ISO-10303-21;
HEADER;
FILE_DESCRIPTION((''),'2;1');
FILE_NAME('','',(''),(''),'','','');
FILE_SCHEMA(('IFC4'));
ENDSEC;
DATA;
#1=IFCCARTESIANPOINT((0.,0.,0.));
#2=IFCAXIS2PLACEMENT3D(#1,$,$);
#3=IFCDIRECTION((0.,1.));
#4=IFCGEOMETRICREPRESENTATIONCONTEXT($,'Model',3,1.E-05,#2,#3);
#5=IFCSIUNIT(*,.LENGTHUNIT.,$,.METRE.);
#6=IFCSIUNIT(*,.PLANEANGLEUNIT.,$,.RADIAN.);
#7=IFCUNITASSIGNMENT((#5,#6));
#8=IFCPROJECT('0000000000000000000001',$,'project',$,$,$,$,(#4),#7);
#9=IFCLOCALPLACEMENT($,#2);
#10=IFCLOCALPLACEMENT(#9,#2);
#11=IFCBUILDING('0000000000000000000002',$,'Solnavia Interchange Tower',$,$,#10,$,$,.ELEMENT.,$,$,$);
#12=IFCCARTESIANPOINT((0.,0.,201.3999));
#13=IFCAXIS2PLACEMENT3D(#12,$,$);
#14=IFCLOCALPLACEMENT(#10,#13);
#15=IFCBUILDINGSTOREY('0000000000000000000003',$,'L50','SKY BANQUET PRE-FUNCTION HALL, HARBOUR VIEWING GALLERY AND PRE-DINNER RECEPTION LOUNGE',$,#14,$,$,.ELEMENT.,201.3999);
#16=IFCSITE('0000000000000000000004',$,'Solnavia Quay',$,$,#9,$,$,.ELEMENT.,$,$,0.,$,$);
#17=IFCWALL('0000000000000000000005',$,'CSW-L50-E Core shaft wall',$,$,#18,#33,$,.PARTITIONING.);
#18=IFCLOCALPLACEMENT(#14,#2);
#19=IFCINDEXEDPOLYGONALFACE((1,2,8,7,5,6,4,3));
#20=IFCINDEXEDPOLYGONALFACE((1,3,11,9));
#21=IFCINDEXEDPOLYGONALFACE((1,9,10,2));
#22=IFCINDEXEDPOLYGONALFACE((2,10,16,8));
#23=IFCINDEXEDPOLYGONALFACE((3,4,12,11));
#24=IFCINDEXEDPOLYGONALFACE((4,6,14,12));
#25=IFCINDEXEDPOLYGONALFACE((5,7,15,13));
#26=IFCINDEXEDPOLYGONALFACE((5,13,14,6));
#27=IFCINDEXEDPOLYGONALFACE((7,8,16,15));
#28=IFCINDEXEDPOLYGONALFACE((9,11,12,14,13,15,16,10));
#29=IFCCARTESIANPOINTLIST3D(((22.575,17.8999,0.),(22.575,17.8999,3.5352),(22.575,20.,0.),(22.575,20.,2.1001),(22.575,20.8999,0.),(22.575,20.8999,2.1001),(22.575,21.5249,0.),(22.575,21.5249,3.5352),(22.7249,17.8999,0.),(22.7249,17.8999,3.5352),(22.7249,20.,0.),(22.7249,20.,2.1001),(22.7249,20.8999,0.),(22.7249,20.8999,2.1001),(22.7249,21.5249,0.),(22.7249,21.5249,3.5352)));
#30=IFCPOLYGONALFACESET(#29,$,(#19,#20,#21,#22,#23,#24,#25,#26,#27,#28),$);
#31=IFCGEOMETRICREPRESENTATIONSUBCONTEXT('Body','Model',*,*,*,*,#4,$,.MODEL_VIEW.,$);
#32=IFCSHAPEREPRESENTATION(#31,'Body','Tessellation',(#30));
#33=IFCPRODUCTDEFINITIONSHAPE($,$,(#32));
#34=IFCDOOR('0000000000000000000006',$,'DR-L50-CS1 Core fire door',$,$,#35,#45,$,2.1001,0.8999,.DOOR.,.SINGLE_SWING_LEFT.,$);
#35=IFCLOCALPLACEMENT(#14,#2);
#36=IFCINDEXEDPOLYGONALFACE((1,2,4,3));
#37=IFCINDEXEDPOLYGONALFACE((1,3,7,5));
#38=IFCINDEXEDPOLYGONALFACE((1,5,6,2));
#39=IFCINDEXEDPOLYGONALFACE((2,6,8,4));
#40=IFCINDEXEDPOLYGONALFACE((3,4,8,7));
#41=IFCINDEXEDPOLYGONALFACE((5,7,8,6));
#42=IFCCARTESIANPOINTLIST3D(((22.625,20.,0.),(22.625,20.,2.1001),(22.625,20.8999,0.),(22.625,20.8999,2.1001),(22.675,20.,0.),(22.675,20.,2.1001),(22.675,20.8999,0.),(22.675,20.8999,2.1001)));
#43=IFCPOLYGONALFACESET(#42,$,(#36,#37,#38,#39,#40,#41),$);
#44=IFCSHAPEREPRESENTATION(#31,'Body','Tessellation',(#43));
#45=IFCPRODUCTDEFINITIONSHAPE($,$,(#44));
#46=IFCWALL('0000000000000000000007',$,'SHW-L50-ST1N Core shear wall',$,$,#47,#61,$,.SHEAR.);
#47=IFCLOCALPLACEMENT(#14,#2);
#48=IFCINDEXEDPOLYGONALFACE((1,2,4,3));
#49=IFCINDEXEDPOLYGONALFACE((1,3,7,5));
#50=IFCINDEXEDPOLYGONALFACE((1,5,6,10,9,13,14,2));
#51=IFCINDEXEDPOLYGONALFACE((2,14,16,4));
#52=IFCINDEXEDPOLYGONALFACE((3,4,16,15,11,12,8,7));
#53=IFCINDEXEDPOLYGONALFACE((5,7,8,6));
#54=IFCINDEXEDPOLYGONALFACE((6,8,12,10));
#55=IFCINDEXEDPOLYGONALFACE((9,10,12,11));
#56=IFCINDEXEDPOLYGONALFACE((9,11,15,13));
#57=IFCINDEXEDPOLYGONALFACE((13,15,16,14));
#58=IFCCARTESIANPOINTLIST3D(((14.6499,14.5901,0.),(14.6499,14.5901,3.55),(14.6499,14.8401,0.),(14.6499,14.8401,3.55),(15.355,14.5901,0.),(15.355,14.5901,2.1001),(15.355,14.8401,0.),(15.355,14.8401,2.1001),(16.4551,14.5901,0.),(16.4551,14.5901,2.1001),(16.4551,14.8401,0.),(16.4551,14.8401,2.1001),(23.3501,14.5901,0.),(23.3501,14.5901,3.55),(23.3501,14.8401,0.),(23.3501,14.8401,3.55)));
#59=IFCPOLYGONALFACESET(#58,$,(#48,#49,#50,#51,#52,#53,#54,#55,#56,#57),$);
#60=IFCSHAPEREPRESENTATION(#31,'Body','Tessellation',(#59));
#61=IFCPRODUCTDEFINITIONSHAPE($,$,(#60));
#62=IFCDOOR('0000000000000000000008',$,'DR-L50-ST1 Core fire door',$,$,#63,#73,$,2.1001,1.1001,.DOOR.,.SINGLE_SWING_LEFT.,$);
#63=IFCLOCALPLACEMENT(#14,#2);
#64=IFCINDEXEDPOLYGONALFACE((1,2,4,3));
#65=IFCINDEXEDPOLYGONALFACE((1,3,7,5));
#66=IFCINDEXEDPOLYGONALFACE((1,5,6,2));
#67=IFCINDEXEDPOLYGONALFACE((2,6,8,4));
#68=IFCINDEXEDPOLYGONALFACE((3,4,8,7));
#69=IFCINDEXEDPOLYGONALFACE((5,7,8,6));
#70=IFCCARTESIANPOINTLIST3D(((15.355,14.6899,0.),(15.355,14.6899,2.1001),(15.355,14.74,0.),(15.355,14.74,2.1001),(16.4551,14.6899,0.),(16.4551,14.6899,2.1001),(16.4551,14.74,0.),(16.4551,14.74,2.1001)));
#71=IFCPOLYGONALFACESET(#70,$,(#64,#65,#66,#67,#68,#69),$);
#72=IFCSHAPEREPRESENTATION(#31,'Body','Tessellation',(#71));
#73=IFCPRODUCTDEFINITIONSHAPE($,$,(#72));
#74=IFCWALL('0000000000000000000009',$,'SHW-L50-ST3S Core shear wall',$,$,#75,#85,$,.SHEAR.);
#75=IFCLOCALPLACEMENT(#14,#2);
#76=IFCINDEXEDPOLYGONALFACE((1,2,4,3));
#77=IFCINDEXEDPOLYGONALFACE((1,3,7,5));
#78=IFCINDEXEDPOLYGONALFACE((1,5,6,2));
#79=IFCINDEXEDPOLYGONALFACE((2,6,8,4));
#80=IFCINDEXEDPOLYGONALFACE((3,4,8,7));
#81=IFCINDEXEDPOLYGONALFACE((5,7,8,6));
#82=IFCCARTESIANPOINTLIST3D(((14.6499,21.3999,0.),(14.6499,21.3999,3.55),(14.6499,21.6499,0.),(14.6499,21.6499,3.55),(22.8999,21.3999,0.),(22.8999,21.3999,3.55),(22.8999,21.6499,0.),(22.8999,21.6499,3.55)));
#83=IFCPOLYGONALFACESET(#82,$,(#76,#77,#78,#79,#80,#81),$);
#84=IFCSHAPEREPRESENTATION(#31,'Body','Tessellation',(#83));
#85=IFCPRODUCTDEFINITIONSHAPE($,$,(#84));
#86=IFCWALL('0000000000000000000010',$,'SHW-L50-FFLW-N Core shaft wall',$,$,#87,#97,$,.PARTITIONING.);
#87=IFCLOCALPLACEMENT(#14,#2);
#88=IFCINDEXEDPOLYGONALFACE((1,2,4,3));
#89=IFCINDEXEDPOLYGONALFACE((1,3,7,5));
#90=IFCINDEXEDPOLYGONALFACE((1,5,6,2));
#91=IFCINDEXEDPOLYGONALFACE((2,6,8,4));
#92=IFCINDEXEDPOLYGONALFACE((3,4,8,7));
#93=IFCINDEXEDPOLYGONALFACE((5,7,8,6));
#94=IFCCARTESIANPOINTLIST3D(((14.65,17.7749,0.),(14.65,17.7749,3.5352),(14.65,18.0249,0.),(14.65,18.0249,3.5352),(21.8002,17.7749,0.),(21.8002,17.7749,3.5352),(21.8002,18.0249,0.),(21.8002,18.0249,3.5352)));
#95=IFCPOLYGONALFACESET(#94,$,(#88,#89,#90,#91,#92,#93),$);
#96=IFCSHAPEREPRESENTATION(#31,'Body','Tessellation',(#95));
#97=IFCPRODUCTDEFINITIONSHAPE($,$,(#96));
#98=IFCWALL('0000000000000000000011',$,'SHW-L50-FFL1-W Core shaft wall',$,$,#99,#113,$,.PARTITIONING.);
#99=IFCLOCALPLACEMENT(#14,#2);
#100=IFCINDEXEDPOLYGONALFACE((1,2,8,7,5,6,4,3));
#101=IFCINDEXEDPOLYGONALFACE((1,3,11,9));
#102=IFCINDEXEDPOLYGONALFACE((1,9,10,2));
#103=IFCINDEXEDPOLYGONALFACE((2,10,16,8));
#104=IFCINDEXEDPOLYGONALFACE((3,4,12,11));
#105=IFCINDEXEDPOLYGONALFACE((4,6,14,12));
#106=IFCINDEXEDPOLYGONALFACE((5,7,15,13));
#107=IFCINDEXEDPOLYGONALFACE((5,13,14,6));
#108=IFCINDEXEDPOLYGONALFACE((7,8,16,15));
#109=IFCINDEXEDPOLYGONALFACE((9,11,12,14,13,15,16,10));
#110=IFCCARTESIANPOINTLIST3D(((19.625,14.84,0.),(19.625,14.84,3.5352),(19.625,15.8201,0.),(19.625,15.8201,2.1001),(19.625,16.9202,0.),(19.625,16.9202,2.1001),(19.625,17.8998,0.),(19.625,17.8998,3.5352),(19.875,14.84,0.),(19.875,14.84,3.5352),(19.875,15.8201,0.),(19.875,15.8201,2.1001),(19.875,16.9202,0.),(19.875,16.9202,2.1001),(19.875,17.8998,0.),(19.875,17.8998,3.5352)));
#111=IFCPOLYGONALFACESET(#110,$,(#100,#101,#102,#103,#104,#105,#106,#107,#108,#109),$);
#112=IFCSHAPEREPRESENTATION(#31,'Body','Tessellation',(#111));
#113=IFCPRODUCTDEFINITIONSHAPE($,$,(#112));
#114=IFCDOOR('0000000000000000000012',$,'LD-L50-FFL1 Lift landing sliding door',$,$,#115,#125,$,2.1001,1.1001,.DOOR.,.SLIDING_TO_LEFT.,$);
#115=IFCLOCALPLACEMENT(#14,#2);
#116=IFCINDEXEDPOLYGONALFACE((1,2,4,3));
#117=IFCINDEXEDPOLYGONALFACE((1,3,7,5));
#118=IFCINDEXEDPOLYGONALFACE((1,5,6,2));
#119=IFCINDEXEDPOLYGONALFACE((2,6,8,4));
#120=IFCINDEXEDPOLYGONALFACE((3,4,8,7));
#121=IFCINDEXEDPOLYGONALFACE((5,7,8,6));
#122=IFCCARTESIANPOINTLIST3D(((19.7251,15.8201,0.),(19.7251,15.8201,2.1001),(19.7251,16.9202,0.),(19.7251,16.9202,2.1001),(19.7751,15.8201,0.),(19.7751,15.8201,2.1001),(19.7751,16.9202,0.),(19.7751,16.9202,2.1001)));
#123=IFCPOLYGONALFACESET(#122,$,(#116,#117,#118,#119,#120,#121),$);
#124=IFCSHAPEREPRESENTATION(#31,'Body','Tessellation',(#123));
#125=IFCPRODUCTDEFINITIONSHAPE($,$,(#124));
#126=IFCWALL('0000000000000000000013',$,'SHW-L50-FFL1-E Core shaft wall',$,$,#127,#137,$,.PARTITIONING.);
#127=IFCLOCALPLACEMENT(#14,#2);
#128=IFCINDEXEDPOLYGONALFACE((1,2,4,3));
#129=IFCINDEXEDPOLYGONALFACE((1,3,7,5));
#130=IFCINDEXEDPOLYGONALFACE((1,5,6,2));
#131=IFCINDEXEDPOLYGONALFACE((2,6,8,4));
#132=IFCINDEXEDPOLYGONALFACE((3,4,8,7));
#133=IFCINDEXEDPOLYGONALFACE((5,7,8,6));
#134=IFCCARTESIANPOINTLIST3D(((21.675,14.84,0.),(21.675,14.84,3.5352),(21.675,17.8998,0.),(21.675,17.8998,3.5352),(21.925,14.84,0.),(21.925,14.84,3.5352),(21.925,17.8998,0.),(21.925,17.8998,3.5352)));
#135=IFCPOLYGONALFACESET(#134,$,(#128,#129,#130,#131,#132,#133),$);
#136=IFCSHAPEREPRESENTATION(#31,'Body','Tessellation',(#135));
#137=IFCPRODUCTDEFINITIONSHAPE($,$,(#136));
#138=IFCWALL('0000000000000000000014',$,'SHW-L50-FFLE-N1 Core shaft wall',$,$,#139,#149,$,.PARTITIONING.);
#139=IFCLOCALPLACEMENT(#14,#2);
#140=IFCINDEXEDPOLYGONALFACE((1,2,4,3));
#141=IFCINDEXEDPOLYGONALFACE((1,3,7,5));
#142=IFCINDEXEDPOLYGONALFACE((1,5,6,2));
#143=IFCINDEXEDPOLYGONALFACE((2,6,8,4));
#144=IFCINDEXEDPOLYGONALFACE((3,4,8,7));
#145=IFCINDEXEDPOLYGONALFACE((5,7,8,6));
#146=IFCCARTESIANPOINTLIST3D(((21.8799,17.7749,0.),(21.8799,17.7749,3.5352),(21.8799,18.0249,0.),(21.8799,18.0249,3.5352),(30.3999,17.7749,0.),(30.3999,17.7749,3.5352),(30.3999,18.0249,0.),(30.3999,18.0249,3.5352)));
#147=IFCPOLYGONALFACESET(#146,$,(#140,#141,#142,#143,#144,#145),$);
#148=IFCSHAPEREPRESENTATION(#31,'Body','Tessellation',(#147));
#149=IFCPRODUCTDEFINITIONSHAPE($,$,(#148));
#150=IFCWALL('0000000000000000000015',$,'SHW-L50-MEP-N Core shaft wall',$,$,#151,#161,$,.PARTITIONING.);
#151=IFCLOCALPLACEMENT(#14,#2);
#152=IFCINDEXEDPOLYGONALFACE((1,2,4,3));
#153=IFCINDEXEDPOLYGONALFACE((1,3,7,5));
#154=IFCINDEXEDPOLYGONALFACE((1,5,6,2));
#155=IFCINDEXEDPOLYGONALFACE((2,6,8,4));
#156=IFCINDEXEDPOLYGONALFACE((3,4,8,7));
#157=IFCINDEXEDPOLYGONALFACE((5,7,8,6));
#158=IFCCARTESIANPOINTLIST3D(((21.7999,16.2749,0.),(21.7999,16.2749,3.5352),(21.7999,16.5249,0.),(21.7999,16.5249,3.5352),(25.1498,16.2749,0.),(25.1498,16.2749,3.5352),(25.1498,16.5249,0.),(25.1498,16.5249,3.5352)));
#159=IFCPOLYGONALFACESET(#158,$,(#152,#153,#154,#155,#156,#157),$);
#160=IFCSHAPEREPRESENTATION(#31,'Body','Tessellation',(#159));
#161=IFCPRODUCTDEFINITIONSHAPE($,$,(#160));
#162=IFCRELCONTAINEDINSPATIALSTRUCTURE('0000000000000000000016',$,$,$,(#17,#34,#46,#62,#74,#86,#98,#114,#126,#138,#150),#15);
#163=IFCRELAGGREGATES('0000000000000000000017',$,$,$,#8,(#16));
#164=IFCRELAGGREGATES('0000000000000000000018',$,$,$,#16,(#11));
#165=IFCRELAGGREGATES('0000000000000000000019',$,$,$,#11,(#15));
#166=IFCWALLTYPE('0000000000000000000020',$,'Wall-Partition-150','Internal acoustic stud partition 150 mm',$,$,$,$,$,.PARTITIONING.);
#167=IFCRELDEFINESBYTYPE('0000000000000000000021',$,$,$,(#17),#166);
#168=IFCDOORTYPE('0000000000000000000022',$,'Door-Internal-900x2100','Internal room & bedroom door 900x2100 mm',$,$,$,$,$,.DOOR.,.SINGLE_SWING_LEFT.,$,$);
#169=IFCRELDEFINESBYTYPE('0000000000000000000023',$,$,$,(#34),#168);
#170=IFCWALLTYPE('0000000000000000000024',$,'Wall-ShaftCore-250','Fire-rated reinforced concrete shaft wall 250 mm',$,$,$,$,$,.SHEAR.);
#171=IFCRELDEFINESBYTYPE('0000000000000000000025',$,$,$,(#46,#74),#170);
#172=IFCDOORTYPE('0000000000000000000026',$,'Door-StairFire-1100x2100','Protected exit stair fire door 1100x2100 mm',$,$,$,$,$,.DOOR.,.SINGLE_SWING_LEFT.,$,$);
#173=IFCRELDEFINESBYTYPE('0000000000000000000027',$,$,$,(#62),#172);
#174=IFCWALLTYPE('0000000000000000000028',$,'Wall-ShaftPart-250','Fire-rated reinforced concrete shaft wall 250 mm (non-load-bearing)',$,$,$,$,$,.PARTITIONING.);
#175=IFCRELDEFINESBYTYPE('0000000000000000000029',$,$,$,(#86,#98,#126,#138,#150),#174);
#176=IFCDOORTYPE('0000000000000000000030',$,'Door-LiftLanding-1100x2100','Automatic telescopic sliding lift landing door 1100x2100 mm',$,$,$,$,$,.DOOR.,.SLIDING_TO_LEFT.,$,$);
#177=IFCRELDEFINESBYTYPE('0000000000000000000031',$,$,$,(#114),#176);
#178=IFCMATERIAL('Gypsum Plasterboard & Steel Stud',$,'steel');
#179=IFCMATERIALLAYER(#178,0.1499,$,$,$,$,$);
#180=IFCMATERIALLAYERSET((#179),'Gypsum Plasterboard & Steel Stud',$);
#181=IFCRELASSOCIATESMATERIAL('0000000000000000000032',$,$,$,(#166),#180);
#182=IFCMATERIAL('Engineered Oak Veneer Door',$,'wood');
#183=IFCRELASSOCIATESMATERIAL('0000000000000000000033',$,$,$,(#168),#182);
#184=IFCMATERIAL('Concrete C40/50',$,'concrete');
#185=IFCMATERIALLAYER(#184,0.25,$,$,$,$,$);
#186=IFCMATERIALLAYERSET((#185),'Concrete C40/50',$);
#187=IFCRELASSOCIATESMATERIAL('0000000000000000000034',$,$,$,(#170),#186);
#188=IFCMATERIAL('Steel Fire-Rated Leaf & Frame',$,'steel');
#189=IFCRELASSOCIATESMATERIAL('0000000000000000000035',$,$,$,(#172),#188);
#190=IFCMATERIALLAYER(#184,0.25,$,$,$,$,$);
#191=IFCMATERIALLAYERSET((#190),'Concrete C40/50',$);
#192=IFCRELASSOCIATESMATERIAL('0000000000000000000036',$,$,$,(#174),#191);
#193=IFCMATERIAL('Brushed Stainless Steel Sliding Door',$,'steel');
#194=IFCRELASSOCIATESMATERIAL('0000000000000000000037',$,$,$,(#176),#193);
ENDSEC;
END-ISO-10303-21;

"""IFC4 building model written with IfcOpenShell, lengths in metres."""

from ifc_helpers import new_model, si_unit, direction, frame, frame_2d, origin, place, context, subcontext, project, spatial, rectangle, extrude, material, layer, layer_set, type_object, element, fill, save


model = new_model("IFC4")

# Units and contexts
model_context = context("Model", 3, precision=1e-05, world=origin(), true_north=direction((0.0, 1.0)))
body_context = subcontext(model_context, "Body", "Model", "MODEL_VIEW")
ifc_project = project(units=[si_unit("LENGTHUNIT", "METRE"), si_unit("PLANEANGLEUNIT", "RADIAN")], contexts=[model_context])

# Site, building, storey
site_placement = place(None, origin())
site = spatial("IfcSite", under=ifc_project, at=site_placement, Name="Solnavia Quay", CompositionType="ELEMENT", RefElevation=0.0)
building_placement = place(site_placement, origin())
building = spatial("IfcBuilding", under=site, at=building_placement, Name="Solnavia Interchange Tower", CompositionType="ELEMENT")
storey_placement = place(building_placement, frame((0.0, 0.0, 201.3999)))
storey = spatial("IfcBuildingStorey", under=building, at=storey_placement, Name="L50", Description="SKY BANQUET PRE-FUNCTION HALL, HARBOUR VIEWING GALLERY AND PRE-DINNER RECEPTION LOUNGE", CompositionType="ELEMENT", Elevation=201.3999)

# Walls, openings, doors
ifc_material_1 = material(Name="Gypsum Plasterboard & Steel Stud", Category="steel")
ifc_layer_1 = layer(ifc_material_1, 0.1499)
ifc_layer_set_1 = layer_set([ifc_layer_1], Name="Gypsum Plasterboard & Steel Stud")
wall_type_1 = type_object("IfcWallType", Name="Wall-Partition-150", Description="Internal acoustic stud partition 150 mm", PredefinedType="PARTITIONING", material=ifc_layer_set_1)
wall_1_placement = place(storey_placement, frame((22.6499, 17.8999, 0.0), z_axis=(0.0, 0.0, 1.0), x_axis=(0.0, 1.0, 0.0)))
wall_1 = element("IfcWall", 1, at=wall_1_placement, inside=storey, type_object=wall_type_1, Name="CSW-L50-E Core shaft wall", PredefinedType="PARTITIONING", context=body_context, shape_type="SweptSolid", body=[
    extrude(rectangle(XDim=3.625, YDim=0.1499, at=frame_2d((1.8125, 0.0))), origin(), (0.0, 0.0, 1.0), 3.5352),
])
opening_1_placement = place(wall_1_placement, frame((2.1001, 0.0, 0.0)))
opening_1 = element("IfcOpeningElement", 2, at=opening_1_placement, cuts=wall_1, PredefinedType="OPENING", context=body_context, shape_type="SweptSolid", body=[
    extrude(rectangle(XDim=0.8999, YDim=2.1001, at=frame_2d((0.45, 1.05))), frame((0.0, 0.085, 0.0), z_axis=(0.0, -1.0, 0.0), x_axis=(1.0, 0.0, 0.0)), (0.0, 0.0, 1.0), 0.1699),
])
ifc_material_2 = material(Name="Engineered Oak Veneer Door", Category="wood")
door_type_1 = type_object("IfcDoorType", Name="Door-Internal-900x2100", Description="Internal room & bedroom door 900x2100 mm", OperationType="SINGLE_SWING_LEFT", PredefinedType="DOOR", material=ifc_material_2)
door_1_placement = place(opening_1_placement, origin())
door_1 = element("IfcDoor", 3, at=door_1_placement, inside=storey, type_object=door_type_1, Name="DR-L50-CS1 Core fire door", OperationType="SINGLE_SWING_LEFT", OverallHeight=2.1001, OverallWidth=0.8999, PredefinedType="DOOR", context=body_context, shape_type="SweptSolid", body=[
    extrude(rectangle(XDim=0.8999, YDim=2.1001, at=frame_2d((0.45, 1.05))), frame((0.0, 0.0249, 0.0), z_axis=(0.0, -1.0, 0.0), x_axis=(1.0, 0.0, 0.0)), (0.0, 0.0, 1.0), 0.05),
])
fill(opening_1, door_1)
ifc_material_3 = material(Name="Concrete C40/50", Category="concrete")
ifc_layer_2 = layer(ifc_material_3, 0.25)
ifc_layer_set_2 = layer_set([ifc_layer_2], Name="Concrete C40/50")
wall_type_2 = type_object("IfcWallType", Name="Wall-ShaftCore-250", Description="Fire-rated reinforced concrete shaft wall 250 mm", PredefinedType="SHEAR", material=ifc_layer_set_2)
wall_2_placement = place(storey_placement, frame((14.6499, 14.7151, 0.0), z_axis=(0.0, 0.0, 1.0), x_axis=(1.0, 0.0, 0.0)))
wall_2 = element("IfcWall", 4, at=wall_2_placement, inside=storey, type_object=wall_type_2, Name="SHW-L50-ST1N Core shear wall", PredefinedType="SHEAR", context=body_context, shape_type="SweptSolid", body=[
    extrude(rectangle(XDim=8.7002, YDim=0.25, at=frame_2d((4.3501, 0.0))), origin(), (0.0, 0.0, 1.0), 3.55),
])
opening_2_placement = place(wall_2_placement, frame((0.7051, 0.0, 0.0)))
opening_2 = element("IfcOpeningElement", 5, at=opening_2_placement, cuts=wall_2, PredefinedType="OPENING", context=body_context, shape_type="SweptSolid", body=[
    extrude(rectangle(XDim=1.1001, YDim=2.1001, at=frame_2d((0.55, 1.05))), frame((0.0, 0.135, 0.0), z_axis=(0.0, -1.0, 0.0), x_axis=(1.0, 0.0, 0.0)), (0.0, 0.0, 1.0), 0.27),
])
ifc_material_4 = material(Name="Steel Fire-Rated Leaf & Frame", Category="steel")
door_type_2 = type_object("IfcDoorType", Name="Door-StairFire-1100x2100", Description="Protected exit stair fire door 1100x2100 mm", OperationType="SINGLE_SWING_LEFT", PredefinedType="DOOR", material=ifc_material_4)
door_2_placement = place(opening_2_placement, origin())
door_2 = element("IfcDoor", 6, at=door_2_placement, inside=storey, type_object=door_type_2, Name="DR-L50-ST1 Core fire door", OperationType="SINGLE_SWING_LEFT", OverallHeight=2.1001, OverallWidth=1.1001, PredefinedType="DOOR", context=body_context, shape_type="SweptSolid", body=[
    extrude(rectangle(XDim=1.1001, YDim=2.1001, at=frame_2d((0.55, 1.05))), frame((0.0, 0.0249, 0.0), z_axis=(0.0, -1.0, 0.0), x_axis=(1.0, 0.0, 0.0)), (0.0, 0.0, 1.0), 0.05),
])
fill(opening_2, door_2)

# Walls
wall_3_placement = place(storey_placement, frame((14.6499, 21.5249, 0.0), z_axis=(0.0, 0.0, 1.0), x_axis=(1.0, 0.0, 0.0)))
element("IfcWall", 7, at=wall_3_placement, inside=storey, type_object=wall_type_2, Name="SHW-L50-ST3S Core shear wall", PredefinedType="SHEAR", context=body_context, shape_type="SweptSolid", body=[
    extrude(rectangle(XDim=8.25, YDim=0.25, at=frame_2d((4.125, 0.0))), origin(), (0.0, 0.0, 1.0), 3.55),
])
ifc_layer_3 = layer(ifc_material_3, 0.25)
ifc_layer_set_3 = layer_set([ifc_layer_3], Name="Concrete C40/50")
wall_type_3 = type_object("IfcWallType", Name="Wall-ShaftPart-250", Description="Fire-rated reinforced concrete shaft wall 250 mm (non-load-bearing)", PredefinedType="PARTITIONING", material=ifc_layer_set_3)
wall_4_placement = place(storey_placement, frame((14.6499, 17.8999, 0.0), z_axis=(0.0, 0.0, 1.0), x_axis=(1.0, 0.0, 0.0)))
element("IfcWall", 8, at=wall_4_placement, inside=storey, type_object=wall_type_3, Name="SHW-L50-FFLW-N Core shaft wall", PredefinedType="PARTITIONING", context=body_context, shape_type="SweptSolid", body=[
    extrude(rectangle(XDim=7.1501, YDim=0.25, at=frame_2d((3.5752, 0.0))), origin(), (0.0, 0.0, 1.0), 3.5352),
])

# Wall, opening, door
wall_5_placement = place(storey_placement, frame((19.75, 14.8401, 0.0), z_axis=(0.0, 0.0, 1.0), x_axis=(0.0, 1.0, 0.0)))
wall_5 = element("IfcWall", 9, at=wall_5_placement, inside=storey, type_object=wall_type_3, Name="SHW-L50-FFL1-W Core shaft wall", PredefinedType="PARTITIONING", context=body_context, shape_type="SweptSolid", body=[
    extrude(rectangle(XDim=3.0598, YDim=0.25, at=frame_2d((1.5298, 0.0))), origin(), (0.0, 0.0, 1.0), 3.5352),
])
opening_3_placement = place(wall_5_placement, frame((0.98, 0.0, 0.0)))
opening_3 = element("IfcOpeningElement", 10, at=opening_3_placement, cuts=wall_5, PredefinedType="OPENING", context=body_context, shape_type="SweptSolid", body=[
    extrude(rectangle(XDim=1.1001, YDim=2.1001, at=frame_2d((0.55, 1.05))), frame((0.0, 0.135, 0.0), z_axis=(0.0, -1.0, 0.0), x_axis=(1.0, 0.0, 0.0)), (0.0, 0.0, 1.0), 0.27),
])
ifc_material_5 = material(Name="Brushed Stainless Steel Sliding Door", Category="steel")
door_type_3 = type_object("IfcDoorType", Name="Door-LiftLanding-1100x2100", Description="Automatic telescopic sliding lift landing door 1100x2100 mm", OperationType="SLIDING_TO_LEFT", PredefinedType="DOOR", material=ifc_material_5)
door_3_placement = place(opening_3_placement, origin())
door_3 = element("IfcDoor", 11, at=door_3_placement, inside=storey, type_object=door_type_3, Name="LD-L50-FFL1 Lift landing sliding door", OperationType="SLIDING_TO_LEFT", OverallHeight=2.1001, OverallWidth=1.1001, PredefinedType="DOOR", context=body_context, shape_type="SweptSolid", body=[
    extrude(rectangle(XDim=1.1001, YDim=2.1001, at=frame_2d((0.55, 1.05))), frame((0.0, 0.0249, 0.0), z_axis=(0.0, -1.0, 0.0), x_axis=(1.0, 0.0, 0.0)), (0.0, 0.0, 1.0), 0.05),
])
fill(opening_3, door_3)

# Walls
wall_6_placement = place(storey_placement, frame((21.8, 14.8401, 0.0), z_axis=(0.0, 0.0, 1.0), x_axis=(0.0, 1.0, 0.0)))
element("IfcWall", 12, at=wall_6_placement, inside=storey, type_object=wall_type_3, Name="SHW-L50-FFL1-E Core shaft wall", PredefinedType="PARTITIONING", context=body_context, shape_type="SweptSolid", body=[
    extrude(rectangle(XDim=3.0598, YDim=0.25, at=frame_2d((1.5298, 0.0))), origin(), (0.0, 0.0, 1.0), 3.5352),
])
wall_7_placement = place(storey_placement, frame((21.8799, 17.8999, 0.0), z_axis=(0.0, 0.0, 1.0), x_axis=(1.0, 0.0, 0.0)))
element("IfcWall", 13, at=wall_7_placement, inside=storey, type_object=wall_type_3, Name="SHW-L50-FFLE-N1 Core shaft wall", PredefinedType="PARTITIONING", context=body_context, shape_type="SweptSolid", body=[
    extrude(rectangle(XDim=8.52, YDim=0.25, at=frame_2d((4.26, 0.0))), origin(), (0.0, 0.0, 1.0), 3.5352),
])
wall_8_placement = place(storey_placement, frame((21.8, 16.3999, 0.0), z_axis=(0.0, 0.0, 1.0), x_axis=(1.0, 0.0, 0.0)))
element("IfcWall", 14, at=wall_8_placement, inside=storey, type_object=wall_type_3, Name="SHW-L50-MEP-N Core shaft wall", PredefinedType="PARTITIONING", context=body_context, shape_type="SweptSolid", body=[
    extrude(rectangle(XDim=3.3499, YDim=0.25, at=frame_2d((1.6748, 0.0))), origin(), (0.0, 0.0, 1.0), 3.5352),
])

save(model, "model.ifc")
